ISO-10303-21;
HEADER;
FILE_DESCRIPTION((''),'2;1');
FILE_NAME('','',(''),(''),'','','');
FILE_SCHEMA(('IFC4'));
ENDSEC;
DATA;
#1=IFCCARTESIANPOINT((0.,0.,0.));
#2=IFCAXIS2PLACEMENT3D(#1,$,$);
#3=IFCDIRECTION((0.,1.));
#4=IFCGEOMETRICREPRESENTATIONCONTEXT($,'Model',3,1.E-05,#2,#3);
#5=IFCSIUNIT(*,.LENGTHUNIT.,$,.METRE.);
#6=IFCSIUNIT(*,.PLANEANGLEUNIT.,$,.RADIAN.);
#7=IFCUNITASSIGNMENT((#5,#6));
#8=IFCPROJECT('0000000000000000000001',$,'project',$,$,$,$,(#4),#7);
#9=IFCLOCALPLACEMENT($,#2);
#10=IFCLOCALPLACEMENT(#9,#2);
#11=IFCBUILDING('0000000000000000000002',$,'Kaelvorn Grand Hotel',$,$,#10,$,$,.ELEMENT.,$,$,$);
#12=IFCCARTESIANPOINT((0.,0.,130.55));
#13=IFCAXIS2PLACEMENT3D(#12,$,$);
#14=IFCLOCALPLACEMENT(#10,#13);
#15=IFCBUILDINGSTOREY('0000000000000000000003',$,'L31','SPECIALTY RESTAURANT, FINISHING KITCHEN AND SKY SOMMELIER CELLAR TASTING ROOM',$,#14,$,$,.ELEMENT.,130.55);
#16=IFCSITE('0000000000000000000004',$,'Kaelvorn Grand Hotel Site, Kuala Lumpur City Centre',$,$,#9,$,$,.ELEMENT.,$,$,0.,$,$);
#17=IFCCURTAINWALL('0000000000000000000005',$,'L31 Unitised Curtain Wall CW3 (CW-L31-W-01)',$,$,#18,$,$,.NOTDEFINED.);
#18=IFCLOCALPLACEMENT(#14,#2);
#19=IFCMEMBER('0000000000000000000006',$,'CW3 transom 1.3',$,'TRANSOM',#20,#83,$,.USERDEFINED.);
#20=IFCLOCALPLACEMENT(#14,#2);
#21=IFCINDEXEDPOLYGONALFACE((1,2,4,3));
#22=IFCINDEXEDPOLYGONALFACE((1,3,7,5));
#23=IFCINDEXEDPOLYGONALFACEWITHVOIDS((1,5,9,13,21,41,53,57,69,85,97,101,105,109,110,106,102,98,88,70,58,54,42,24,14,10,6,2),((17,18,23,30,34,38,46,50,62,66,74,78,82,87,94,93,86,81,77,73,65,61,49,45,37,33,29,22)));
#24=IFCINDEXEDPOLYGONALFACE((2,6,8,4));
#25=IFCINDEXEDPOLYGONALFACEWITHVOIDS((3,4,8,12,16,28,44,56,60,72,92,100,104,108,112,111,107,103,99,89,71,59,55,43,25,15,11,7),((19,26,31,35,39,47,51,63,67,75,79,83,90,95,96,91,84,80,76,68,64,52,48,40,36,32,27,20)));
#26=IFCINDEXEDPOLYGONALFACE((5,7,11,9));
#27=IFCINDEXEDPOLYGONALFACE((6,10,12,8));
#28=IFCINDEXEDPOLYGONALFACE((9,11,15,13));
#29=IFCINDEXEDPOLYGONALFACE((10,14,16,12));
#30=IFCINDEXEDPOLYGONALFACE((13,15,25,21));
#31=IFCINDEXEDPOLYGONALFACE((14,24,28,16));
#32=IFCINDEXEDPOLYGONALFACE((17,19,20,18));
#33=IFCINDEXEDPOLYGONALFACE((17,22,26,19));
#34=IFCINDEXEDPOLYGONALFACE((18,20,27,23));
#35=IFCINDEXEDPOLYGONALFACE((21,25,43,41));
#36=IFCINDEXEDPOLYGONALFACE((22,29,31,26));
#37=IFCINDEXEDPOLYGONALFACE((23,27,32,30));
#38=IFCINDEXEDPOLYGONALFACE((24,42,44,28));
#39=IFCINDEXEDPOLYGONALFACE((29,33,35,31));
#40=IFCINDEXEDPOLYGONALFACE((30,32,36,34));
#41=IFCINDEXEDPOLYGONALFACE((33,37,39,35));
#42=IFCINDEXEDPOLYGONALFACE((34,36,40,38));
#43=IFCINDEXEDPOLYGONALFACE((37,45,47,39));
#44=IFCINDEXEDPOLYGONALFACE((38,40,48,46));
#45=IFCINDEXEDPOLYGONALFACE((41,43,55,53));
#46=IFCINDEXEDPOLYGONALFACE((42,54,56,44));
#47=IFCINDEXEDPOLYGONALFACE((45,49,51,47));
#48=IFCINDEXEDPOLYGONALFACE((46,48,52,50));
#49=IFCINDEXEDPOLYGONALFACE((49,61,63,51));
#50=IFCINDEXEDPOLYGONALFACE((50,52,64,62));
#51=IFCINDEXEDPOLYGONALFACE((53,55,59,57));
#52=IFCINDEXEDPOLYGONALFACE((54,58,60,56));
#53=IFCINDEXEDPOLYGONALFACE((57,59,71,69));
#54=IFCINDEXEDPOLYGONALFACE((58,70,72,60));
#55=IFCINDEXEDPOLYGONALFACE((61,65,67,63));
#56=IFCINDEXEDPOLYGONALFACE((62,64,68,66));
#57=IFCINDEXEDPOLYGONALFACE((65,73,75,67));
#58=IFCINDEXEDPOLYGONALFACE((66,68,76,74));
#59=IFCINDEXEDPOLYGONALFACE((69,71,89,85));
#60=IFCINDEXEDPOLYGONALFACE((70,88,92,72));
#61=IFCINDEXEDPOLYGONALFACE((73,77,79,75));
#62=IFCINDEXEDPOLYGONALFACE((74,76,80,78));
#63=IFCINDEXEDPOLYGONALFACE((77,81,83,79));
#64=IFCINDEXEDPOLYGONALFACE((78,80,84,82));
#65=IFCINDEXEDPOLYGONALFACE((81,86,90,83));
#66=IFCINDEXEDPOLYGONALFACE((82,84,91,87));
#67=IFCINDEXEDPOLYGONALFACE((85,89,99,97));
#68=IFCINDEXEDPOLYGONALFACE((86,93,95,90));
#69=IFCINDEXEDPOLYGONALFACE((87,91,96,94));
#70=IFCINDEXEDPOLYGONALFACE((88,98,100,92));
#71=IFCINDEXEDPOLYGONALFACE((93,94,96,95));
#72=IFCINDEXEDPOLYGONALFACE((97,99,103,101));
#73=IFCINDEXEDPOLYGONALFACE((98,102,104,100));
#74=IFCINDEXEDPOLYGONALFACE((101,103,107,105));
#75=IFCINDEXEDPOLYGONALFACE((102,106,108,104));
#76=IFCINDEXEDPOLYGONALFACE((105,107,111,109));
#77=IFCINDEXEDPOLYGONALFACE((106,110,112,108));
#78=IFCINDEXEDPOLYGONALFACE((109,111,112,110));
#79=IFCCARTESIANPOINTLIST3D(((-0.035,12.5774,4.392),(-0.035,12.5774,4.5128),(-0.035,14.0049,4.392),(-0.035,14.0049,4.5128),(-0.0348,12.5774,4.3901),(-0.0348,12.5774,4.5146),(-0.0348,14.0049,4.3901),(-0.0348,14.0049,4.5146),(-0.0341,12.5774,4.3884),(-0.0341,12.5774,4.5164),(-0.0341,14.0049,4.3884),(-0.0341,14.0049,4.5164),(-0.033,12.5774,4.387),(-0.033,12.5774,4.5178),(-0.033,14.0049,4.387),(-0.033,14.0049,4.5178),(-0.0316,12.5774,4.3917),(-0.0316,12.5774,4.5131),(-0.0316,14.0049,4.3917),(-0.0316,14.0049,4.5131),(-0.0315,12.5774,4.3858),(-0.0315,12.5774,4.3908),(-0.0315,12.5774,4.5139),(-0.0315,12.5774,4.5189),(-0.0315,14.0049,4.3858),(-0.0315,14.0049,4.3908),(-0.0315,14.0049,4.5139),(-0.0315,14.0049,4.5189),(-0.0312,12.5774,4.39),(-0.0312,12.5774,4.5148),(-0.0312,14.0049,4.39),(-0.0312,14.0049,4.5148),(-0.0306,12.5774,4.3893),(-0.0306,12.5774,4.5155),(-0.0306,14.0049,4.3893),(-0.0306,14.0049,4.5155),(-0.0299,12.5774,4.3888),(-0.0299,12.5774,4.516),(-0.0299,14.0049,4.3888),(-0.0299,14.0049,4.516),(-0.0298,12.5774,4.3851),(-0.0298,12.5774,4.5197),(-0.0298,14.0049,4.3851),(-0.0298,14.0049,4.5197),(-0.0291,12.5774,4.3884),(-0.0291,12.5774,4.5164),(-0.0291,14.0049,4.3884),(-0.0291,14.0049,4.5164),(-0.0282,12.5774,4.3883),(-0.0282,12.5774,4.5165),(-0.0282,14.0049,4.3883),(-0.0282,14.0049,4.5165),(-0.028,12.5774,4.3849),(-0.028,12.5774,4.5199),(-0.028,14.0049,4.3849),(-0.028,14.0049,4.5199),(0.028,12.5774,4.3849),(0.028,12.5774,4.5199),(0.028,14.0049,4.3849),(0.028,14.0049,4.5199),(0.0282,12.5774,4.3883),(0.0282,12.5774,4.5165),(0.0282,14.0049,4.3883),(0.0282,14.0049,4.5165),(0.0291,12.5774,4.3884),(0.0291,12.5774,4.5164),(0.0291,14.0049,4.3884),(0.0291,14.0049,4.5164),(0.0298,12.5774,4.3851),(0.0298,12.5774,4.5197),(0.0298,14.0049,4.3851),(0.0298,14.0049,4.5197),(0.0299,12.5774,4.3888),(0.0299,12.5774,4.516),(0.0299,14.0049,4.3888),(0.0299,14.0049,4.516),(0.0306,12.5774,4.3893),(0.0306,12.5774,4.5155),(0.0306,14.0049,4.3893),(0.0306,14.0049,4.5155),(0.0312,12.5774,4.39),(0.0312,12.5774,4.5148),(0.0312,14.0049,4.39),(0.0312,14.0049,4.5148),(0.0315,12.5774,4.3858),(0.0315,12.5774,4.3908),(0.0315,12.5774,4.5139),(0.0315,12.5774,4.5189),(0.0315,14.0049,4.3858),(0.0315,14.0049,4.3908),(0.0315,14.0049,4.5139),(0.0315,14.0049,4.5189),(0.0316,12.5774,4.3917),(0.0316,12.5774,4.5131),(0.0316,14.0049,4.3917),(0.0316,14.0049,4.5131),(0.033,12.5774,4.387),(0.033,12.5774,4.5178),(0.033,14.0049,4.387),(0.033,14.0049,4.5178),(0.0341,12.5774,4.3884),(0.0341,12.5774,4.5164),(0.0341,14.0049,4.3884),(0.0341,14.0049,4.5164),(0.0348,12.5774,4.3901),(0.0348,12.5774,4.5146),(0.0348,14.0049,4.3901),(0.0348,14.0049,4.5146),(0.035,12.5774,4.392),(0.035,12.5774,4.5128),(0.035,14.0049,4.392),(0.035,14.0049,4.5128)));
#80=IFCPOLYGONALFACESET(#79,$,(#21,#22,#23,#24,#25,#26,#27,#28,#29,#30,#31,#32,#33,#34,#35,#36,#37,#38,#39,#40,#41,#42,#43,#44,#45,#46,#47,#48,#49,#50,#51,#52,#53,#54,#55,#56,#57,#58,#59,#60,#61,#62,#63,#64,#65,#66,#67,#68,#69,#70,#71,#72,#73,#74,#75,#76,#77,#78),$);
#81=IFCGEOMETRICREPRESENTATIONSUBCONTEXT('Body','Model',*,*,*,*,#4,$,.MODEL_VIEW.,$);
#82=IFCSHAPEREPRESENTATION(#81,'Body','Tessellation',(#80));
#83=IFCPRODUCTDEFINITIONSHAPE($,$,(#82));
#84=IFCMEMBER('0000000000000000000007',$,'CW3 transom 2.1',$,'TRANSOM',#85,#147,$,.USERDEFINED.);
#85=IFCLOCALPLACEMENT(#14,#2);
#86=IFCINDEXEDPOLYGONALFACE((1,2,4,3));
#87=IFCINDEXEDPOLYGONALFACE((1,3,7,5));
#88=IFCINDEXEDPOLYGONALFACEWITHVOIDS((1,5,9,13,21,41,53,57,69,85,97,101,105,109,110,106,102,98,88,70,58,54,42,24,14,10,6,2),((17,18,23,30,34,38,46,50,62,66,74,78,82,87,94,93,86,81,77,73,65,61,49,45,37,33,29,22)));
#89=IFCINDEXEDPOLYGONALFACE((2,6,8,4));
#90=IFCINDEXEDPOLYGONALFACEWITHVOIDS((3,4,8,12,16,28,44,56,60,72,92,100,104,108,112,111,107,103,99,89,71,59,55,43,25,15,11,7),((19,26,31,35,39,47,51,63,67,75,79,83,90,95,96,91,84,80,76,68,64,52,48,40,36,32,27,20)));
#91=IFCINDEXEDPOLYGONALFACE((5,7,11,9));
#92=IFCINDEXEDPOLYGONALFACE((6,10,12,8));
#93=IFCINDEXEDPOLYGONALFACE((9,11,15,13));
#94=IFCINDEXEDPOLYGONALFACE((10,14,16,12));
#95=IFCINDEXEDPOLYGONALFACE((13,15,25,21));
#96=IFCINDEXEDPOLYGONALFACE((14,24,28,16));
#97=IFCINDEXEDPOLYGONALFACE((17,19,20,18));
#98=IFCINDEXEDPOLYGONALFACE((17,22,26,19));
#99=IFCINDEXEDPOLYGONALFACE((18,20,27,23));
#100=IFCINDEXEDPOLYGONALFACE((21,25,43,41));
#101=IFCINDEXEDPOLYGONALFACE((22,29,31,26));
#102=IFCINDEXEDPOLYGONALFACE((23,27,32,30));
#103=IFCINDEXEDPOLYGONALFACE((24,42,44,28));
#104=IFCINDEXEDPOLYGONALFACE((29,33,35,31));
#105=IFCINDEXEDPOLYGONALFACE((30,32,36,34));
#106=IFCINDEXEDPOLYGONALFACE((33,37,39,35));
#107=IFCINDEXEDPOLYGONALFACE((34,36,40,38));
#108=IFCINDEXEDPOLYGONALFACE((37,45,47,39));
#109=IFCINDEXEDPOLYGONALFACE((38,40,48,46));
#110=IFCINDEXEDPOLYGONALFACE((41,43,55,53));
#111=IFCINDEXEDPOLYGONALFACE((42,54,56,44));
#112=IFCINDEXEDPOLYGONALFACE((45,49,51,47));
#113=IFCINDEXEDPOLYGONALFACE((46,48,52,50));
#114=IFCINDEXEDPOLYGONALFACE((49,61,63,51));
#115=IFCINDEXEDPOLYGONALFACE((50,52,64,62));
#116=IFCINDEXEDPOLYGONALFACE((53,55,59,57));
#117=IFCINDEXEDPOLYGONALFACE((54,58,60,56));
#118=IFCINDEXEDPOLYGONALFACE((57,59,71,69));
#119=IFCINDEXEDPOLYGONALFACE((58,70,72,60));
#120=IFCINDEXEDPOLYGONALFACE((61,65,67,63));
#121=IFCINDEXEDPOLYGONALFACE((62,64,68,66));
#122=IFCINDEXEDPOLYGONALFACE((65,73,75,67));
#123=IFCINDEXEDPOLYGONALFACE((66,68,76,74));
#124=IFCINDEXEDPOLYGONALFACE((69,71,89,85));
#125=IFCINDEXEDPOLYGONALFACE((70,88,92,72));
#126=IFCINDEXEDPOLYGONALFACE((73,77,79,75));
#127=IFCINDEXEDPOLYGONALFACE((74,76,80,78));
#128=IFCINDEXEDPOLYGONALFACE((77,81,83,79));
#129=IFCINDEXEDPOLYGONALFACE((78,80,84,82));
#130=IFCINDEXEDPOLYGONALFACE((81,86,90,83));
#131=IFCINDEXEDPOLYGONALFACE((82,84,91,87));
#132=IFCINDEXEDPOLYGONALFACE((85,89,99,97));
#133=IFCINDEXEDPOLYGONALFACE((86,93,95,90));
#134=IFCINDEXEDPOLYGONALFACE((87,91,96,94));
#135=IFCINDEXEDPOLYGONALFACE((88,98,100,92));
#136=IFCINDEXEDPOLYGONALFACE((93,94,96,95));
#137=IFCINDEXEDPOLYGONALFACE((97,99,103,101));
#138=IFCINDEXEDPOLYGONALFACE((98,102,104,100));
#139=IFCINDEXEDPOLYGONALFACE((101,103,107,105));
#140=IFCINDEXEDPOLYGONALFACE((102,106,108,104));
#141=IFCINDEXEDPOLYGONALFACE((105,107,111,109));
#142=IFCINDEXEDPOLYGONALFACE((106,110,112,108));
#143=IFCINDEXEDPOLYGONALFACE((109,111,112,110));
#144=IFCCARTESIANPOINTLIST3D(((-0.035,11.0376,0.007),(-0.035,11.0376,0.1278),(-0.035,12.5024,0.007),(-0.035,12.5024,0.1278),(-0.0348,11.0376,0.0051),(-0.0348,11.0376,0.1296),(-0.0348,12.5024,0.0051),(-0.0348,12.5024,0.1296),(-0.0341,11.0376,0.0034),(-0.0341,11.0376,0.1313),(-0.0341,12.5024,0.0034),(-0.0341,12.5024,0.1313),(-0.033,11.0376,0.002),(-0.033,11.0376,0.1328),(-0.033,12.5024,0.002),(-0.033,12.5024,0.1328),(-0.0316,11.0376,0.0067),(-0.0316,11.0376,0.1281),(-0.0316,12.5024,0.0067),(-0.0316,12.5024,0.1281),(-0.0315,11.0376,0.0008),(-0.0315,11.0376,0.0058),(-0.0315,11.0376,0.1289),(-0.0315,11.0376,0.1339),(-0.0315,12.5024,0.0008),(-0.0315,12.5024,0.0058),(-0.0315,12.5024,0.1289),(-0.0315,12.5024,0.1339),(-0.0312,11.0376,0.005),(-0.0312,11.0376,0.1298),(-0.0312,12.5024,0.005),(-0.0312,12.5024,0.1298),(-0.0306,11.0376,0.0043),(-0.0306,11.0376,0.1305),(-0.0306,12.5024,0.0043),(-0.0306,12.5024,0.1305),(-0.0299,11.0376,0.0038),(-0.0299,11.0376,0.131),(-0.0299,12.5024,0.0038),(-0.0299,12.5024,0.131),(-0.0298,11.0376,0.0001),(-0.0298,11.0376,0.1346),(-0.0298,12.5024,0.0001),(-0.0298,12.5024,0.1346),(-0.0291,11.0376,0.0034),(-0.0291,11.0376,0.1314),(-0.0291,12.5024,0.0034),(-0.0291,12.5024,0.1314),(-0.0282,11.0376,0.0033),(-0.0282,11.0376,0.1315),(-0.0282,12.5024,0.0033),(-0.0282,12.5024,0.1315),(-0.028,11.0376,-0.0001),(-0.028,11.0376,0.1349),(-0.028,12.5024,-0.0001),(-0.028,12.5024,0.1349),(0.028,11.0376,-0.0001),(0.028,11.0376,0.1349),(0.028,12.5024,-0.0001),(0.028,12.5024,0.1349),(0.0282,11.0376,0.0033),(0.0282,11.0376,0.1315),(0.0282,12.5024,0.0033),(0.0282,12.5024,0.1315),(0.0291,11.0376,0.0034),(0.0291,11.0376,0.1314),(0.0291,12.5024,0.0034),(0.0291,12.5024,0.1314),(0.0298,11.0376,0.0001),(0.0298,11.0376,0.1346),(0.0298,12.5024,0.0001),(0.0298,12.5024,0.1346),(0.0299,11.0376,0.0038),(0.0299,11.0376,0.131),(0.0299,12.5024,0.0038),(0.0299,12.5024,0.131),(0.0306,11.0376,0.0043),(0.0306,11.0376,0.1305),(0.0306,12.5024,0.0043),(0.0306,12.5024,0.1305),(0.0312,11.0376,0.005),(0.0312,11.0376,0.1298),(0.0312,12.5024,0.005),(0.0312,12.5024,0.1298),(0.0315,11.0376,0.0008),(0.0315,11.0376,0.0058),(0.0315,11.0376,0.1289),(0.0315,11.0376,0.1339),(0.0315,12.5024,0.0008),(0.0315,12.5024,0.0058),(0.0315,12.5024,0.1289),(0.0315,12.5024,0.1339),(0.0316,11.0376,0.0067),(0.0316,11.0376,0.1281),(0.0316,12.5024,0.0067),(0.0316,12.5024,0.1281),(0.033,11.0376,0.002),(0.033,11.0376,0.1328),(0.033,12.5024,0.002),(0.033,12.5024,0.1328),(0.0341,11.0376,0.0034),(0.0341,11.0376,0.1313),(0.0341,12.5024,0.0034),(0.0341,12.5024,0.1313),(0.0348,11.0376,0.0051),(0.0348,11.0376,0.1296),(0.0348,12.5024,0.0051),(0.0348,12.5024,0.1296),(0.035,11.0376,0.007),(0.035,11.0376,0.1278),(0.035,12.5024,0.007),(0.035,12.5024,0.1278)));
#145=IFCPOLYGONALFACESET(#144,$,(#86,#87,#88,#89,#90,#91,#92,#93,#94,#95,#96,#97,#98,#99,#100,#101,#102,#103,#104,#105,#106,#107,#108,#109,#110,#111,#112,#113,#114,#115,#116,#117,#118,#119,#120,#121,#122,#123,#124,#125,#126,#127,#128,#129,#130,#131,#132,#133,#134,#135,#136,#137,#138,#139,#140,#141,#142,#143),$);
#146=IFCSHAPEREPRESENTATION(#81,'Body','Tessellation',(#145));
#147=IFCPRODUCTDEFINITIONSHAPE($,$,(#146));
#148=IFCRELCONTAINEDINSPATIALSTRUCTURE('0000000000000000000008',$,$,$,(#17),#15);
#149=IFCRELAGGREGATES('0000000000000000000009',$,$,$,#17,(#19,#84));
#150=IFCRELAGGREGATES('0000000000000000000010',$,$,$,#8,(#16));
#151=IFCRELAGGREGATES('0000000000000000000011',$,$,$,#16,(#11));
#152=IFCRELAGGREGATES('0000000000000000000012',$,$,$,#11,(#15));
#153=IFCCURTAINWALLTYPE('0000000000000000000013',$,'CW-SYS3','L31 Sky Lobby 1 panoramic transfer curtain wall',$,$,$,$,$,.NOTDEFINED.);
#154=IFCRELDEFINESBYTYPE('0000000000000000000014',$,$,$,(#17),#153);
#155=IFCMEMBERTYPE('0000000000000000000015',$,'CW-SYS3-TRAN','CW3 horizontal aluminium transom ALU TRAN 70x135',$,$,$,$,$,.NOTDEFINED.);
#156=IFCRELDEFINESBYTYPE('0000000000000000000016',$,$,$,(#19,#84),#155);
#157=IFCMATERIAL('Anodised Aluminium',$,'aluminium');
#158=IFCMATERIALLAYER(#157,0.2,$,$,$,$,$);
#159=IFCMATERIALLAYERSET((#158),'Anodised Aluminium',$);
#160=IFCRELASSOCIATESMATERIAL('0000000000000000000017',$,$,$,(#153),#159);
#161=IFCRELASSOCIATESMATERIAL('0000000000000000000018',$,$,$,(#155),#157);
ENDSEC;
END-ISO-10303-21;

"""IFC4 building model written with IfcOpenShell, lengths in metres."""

from ifc_helpers import new_model, si_unit, direction, frame, origin, origin_2d, place, context, subcontext, project, spatial, hollow_rectangle, extrude, material, layer, layer_set, material_profile, profile_set, type_object, element, aggregate, save


model = new_model("IFC4")

# Units and contexts
model_context = context("Model", 3, precision=1e-05, world=origin(), true_north=direction((0.0, 1.0)))
body_context = subcontext(model_context, "Body", "Model", "MODEL_VIEW")
ifc_project = project(units=[si_unit("LENGTHUNIT", "METRE"), si_unit("PLANEANGLEUNIT", "RADIAN")], contexts=[model_context])

# Site, building, storey
site_placement = place(None, origin())
site = spatial("IfcSite", under=ifc_project, at=site_placement, Name="Kaelvorn Grand Hotel Site, Kuala Lumpur City Centre", CompositionType="ELEMENT", RefElevation=0.0)
building_placement = place(site_placement, origin())
building = spatial("IfcBuilding", under=site, at=building_placement, Name="Kaelvorn Grand Hotel", CompositionType="ELEMENT")
storey_placement = place(building_placement, frame((0.0, 0.0, 130.55)))
storey = spatial("IfcBuildingStorey", under=building, at=storey_placement, Name="L31", Description="SPECIALTY RESTAURANT, FINISHING KITCHEN AND SKY SOMMELIER CELLAR TASTING ROOM", CompositionType="ELEMENT", Elevation=130.55)

# Curtain wall, members
ifc_material_1 = material(Name="Anodised Aluminium", Category="aluminium")
ifc_layer_1 = layer(ifc_material_1, 0.2)
ifc_layer_set_1 = layer_set([ifc_layer_1], Name="Anodised Aluminium")
curtain_wall_type = type_object("IfcCurtainWallType", Name="CW-SYS3", Description="L31 Sky Lobby 1 panoramic transfer curtain wall", PredefinedType="NOTDEFINED", material=ifc_layer_set_1)
curtain_wall_placement = place(storey_placement, origin())
curtain_wall = element("IfcCurtainWall", 1, at=curtain_wall_placement, inside=storey, type_object=curtain_wall_type, Name="L31 Unitised Curtain Wall CW3 (CW-L31-W-01)", PredefinedType="NOTDEFINED")
ifc_material_profile_1 = material_profile(ifc_material_1, hollow_rectangle(XDim=0.0701, YDim=0.135, WallThickness=0.0034, InnerFilletRadius=0.0034, OuterFilletRadius=0.0071, at=origin_2d()), Name="ALU TRAN 70x135")
ifc_profile_set_1 = profile_set([ifc_material_profile_1], Name="Anodised Aluminium")
member_type_1 = type_object("IfcMemberType", Name="CW-SYS3-TRAN", Description="CW3 horizontal aluminium transom ALU TRAN 70x135", PredefinedType="NOTDEFINED", material=ifc_profile_set_1)
member_1_placement = place(storey_placement, frame((0.0, 14.0049, 4.4524), z_axis=(0.0, -1.0, 0.0), x_axis=(1.0, 0.0, 0.0)))
member_1 = element("IfcMember", 2, at=member_1_placement, type_object=member_type_1, Name="CW3 transom 1.3", ObjectType="TRANSOM", PredefinedType="USERDEFINED", context=body_context, shape_type="SweptSolid", body=[
    extrude(hollow_rectangle(XDim=0.0701, YDim=0.135, WallThickness=0.0034, InnerFilletRadius=0.0034, OuterFilletRadius=0.0071, at=origin_2d()), origin(), (0.0, 0.0, 1.0), 1.4275),
])
member_2_placement = place(storey_placement, frame((0.0, 12.5024, 0.0674), z_axis=(0.0, -1.0, 0.0), x_axis=(1.0, 0.0, 0.0)))
member_2 = element("IfcMember", 3, at=member_2_placement, type_object=member_type_1, Name="CW3 transom 2.1", ObjectType="TRANSOM", PredefinedType="USERDEFINED", context=body_context, shape_type="SweptSolid", body=[
    extrude(hollow_rectangle(XDim=0.0701, YDim=0.135, WallThickness=0.0034, InnerFilletRadius=0.0034, OuterFilletRadius=0.0071, at=origin_2d()), origin(), (0.0, 0.0, 1.0), 1.4648),
])
aggregate(curtain_wall, [member_1, member_2])

save(model, "model.ifc")
